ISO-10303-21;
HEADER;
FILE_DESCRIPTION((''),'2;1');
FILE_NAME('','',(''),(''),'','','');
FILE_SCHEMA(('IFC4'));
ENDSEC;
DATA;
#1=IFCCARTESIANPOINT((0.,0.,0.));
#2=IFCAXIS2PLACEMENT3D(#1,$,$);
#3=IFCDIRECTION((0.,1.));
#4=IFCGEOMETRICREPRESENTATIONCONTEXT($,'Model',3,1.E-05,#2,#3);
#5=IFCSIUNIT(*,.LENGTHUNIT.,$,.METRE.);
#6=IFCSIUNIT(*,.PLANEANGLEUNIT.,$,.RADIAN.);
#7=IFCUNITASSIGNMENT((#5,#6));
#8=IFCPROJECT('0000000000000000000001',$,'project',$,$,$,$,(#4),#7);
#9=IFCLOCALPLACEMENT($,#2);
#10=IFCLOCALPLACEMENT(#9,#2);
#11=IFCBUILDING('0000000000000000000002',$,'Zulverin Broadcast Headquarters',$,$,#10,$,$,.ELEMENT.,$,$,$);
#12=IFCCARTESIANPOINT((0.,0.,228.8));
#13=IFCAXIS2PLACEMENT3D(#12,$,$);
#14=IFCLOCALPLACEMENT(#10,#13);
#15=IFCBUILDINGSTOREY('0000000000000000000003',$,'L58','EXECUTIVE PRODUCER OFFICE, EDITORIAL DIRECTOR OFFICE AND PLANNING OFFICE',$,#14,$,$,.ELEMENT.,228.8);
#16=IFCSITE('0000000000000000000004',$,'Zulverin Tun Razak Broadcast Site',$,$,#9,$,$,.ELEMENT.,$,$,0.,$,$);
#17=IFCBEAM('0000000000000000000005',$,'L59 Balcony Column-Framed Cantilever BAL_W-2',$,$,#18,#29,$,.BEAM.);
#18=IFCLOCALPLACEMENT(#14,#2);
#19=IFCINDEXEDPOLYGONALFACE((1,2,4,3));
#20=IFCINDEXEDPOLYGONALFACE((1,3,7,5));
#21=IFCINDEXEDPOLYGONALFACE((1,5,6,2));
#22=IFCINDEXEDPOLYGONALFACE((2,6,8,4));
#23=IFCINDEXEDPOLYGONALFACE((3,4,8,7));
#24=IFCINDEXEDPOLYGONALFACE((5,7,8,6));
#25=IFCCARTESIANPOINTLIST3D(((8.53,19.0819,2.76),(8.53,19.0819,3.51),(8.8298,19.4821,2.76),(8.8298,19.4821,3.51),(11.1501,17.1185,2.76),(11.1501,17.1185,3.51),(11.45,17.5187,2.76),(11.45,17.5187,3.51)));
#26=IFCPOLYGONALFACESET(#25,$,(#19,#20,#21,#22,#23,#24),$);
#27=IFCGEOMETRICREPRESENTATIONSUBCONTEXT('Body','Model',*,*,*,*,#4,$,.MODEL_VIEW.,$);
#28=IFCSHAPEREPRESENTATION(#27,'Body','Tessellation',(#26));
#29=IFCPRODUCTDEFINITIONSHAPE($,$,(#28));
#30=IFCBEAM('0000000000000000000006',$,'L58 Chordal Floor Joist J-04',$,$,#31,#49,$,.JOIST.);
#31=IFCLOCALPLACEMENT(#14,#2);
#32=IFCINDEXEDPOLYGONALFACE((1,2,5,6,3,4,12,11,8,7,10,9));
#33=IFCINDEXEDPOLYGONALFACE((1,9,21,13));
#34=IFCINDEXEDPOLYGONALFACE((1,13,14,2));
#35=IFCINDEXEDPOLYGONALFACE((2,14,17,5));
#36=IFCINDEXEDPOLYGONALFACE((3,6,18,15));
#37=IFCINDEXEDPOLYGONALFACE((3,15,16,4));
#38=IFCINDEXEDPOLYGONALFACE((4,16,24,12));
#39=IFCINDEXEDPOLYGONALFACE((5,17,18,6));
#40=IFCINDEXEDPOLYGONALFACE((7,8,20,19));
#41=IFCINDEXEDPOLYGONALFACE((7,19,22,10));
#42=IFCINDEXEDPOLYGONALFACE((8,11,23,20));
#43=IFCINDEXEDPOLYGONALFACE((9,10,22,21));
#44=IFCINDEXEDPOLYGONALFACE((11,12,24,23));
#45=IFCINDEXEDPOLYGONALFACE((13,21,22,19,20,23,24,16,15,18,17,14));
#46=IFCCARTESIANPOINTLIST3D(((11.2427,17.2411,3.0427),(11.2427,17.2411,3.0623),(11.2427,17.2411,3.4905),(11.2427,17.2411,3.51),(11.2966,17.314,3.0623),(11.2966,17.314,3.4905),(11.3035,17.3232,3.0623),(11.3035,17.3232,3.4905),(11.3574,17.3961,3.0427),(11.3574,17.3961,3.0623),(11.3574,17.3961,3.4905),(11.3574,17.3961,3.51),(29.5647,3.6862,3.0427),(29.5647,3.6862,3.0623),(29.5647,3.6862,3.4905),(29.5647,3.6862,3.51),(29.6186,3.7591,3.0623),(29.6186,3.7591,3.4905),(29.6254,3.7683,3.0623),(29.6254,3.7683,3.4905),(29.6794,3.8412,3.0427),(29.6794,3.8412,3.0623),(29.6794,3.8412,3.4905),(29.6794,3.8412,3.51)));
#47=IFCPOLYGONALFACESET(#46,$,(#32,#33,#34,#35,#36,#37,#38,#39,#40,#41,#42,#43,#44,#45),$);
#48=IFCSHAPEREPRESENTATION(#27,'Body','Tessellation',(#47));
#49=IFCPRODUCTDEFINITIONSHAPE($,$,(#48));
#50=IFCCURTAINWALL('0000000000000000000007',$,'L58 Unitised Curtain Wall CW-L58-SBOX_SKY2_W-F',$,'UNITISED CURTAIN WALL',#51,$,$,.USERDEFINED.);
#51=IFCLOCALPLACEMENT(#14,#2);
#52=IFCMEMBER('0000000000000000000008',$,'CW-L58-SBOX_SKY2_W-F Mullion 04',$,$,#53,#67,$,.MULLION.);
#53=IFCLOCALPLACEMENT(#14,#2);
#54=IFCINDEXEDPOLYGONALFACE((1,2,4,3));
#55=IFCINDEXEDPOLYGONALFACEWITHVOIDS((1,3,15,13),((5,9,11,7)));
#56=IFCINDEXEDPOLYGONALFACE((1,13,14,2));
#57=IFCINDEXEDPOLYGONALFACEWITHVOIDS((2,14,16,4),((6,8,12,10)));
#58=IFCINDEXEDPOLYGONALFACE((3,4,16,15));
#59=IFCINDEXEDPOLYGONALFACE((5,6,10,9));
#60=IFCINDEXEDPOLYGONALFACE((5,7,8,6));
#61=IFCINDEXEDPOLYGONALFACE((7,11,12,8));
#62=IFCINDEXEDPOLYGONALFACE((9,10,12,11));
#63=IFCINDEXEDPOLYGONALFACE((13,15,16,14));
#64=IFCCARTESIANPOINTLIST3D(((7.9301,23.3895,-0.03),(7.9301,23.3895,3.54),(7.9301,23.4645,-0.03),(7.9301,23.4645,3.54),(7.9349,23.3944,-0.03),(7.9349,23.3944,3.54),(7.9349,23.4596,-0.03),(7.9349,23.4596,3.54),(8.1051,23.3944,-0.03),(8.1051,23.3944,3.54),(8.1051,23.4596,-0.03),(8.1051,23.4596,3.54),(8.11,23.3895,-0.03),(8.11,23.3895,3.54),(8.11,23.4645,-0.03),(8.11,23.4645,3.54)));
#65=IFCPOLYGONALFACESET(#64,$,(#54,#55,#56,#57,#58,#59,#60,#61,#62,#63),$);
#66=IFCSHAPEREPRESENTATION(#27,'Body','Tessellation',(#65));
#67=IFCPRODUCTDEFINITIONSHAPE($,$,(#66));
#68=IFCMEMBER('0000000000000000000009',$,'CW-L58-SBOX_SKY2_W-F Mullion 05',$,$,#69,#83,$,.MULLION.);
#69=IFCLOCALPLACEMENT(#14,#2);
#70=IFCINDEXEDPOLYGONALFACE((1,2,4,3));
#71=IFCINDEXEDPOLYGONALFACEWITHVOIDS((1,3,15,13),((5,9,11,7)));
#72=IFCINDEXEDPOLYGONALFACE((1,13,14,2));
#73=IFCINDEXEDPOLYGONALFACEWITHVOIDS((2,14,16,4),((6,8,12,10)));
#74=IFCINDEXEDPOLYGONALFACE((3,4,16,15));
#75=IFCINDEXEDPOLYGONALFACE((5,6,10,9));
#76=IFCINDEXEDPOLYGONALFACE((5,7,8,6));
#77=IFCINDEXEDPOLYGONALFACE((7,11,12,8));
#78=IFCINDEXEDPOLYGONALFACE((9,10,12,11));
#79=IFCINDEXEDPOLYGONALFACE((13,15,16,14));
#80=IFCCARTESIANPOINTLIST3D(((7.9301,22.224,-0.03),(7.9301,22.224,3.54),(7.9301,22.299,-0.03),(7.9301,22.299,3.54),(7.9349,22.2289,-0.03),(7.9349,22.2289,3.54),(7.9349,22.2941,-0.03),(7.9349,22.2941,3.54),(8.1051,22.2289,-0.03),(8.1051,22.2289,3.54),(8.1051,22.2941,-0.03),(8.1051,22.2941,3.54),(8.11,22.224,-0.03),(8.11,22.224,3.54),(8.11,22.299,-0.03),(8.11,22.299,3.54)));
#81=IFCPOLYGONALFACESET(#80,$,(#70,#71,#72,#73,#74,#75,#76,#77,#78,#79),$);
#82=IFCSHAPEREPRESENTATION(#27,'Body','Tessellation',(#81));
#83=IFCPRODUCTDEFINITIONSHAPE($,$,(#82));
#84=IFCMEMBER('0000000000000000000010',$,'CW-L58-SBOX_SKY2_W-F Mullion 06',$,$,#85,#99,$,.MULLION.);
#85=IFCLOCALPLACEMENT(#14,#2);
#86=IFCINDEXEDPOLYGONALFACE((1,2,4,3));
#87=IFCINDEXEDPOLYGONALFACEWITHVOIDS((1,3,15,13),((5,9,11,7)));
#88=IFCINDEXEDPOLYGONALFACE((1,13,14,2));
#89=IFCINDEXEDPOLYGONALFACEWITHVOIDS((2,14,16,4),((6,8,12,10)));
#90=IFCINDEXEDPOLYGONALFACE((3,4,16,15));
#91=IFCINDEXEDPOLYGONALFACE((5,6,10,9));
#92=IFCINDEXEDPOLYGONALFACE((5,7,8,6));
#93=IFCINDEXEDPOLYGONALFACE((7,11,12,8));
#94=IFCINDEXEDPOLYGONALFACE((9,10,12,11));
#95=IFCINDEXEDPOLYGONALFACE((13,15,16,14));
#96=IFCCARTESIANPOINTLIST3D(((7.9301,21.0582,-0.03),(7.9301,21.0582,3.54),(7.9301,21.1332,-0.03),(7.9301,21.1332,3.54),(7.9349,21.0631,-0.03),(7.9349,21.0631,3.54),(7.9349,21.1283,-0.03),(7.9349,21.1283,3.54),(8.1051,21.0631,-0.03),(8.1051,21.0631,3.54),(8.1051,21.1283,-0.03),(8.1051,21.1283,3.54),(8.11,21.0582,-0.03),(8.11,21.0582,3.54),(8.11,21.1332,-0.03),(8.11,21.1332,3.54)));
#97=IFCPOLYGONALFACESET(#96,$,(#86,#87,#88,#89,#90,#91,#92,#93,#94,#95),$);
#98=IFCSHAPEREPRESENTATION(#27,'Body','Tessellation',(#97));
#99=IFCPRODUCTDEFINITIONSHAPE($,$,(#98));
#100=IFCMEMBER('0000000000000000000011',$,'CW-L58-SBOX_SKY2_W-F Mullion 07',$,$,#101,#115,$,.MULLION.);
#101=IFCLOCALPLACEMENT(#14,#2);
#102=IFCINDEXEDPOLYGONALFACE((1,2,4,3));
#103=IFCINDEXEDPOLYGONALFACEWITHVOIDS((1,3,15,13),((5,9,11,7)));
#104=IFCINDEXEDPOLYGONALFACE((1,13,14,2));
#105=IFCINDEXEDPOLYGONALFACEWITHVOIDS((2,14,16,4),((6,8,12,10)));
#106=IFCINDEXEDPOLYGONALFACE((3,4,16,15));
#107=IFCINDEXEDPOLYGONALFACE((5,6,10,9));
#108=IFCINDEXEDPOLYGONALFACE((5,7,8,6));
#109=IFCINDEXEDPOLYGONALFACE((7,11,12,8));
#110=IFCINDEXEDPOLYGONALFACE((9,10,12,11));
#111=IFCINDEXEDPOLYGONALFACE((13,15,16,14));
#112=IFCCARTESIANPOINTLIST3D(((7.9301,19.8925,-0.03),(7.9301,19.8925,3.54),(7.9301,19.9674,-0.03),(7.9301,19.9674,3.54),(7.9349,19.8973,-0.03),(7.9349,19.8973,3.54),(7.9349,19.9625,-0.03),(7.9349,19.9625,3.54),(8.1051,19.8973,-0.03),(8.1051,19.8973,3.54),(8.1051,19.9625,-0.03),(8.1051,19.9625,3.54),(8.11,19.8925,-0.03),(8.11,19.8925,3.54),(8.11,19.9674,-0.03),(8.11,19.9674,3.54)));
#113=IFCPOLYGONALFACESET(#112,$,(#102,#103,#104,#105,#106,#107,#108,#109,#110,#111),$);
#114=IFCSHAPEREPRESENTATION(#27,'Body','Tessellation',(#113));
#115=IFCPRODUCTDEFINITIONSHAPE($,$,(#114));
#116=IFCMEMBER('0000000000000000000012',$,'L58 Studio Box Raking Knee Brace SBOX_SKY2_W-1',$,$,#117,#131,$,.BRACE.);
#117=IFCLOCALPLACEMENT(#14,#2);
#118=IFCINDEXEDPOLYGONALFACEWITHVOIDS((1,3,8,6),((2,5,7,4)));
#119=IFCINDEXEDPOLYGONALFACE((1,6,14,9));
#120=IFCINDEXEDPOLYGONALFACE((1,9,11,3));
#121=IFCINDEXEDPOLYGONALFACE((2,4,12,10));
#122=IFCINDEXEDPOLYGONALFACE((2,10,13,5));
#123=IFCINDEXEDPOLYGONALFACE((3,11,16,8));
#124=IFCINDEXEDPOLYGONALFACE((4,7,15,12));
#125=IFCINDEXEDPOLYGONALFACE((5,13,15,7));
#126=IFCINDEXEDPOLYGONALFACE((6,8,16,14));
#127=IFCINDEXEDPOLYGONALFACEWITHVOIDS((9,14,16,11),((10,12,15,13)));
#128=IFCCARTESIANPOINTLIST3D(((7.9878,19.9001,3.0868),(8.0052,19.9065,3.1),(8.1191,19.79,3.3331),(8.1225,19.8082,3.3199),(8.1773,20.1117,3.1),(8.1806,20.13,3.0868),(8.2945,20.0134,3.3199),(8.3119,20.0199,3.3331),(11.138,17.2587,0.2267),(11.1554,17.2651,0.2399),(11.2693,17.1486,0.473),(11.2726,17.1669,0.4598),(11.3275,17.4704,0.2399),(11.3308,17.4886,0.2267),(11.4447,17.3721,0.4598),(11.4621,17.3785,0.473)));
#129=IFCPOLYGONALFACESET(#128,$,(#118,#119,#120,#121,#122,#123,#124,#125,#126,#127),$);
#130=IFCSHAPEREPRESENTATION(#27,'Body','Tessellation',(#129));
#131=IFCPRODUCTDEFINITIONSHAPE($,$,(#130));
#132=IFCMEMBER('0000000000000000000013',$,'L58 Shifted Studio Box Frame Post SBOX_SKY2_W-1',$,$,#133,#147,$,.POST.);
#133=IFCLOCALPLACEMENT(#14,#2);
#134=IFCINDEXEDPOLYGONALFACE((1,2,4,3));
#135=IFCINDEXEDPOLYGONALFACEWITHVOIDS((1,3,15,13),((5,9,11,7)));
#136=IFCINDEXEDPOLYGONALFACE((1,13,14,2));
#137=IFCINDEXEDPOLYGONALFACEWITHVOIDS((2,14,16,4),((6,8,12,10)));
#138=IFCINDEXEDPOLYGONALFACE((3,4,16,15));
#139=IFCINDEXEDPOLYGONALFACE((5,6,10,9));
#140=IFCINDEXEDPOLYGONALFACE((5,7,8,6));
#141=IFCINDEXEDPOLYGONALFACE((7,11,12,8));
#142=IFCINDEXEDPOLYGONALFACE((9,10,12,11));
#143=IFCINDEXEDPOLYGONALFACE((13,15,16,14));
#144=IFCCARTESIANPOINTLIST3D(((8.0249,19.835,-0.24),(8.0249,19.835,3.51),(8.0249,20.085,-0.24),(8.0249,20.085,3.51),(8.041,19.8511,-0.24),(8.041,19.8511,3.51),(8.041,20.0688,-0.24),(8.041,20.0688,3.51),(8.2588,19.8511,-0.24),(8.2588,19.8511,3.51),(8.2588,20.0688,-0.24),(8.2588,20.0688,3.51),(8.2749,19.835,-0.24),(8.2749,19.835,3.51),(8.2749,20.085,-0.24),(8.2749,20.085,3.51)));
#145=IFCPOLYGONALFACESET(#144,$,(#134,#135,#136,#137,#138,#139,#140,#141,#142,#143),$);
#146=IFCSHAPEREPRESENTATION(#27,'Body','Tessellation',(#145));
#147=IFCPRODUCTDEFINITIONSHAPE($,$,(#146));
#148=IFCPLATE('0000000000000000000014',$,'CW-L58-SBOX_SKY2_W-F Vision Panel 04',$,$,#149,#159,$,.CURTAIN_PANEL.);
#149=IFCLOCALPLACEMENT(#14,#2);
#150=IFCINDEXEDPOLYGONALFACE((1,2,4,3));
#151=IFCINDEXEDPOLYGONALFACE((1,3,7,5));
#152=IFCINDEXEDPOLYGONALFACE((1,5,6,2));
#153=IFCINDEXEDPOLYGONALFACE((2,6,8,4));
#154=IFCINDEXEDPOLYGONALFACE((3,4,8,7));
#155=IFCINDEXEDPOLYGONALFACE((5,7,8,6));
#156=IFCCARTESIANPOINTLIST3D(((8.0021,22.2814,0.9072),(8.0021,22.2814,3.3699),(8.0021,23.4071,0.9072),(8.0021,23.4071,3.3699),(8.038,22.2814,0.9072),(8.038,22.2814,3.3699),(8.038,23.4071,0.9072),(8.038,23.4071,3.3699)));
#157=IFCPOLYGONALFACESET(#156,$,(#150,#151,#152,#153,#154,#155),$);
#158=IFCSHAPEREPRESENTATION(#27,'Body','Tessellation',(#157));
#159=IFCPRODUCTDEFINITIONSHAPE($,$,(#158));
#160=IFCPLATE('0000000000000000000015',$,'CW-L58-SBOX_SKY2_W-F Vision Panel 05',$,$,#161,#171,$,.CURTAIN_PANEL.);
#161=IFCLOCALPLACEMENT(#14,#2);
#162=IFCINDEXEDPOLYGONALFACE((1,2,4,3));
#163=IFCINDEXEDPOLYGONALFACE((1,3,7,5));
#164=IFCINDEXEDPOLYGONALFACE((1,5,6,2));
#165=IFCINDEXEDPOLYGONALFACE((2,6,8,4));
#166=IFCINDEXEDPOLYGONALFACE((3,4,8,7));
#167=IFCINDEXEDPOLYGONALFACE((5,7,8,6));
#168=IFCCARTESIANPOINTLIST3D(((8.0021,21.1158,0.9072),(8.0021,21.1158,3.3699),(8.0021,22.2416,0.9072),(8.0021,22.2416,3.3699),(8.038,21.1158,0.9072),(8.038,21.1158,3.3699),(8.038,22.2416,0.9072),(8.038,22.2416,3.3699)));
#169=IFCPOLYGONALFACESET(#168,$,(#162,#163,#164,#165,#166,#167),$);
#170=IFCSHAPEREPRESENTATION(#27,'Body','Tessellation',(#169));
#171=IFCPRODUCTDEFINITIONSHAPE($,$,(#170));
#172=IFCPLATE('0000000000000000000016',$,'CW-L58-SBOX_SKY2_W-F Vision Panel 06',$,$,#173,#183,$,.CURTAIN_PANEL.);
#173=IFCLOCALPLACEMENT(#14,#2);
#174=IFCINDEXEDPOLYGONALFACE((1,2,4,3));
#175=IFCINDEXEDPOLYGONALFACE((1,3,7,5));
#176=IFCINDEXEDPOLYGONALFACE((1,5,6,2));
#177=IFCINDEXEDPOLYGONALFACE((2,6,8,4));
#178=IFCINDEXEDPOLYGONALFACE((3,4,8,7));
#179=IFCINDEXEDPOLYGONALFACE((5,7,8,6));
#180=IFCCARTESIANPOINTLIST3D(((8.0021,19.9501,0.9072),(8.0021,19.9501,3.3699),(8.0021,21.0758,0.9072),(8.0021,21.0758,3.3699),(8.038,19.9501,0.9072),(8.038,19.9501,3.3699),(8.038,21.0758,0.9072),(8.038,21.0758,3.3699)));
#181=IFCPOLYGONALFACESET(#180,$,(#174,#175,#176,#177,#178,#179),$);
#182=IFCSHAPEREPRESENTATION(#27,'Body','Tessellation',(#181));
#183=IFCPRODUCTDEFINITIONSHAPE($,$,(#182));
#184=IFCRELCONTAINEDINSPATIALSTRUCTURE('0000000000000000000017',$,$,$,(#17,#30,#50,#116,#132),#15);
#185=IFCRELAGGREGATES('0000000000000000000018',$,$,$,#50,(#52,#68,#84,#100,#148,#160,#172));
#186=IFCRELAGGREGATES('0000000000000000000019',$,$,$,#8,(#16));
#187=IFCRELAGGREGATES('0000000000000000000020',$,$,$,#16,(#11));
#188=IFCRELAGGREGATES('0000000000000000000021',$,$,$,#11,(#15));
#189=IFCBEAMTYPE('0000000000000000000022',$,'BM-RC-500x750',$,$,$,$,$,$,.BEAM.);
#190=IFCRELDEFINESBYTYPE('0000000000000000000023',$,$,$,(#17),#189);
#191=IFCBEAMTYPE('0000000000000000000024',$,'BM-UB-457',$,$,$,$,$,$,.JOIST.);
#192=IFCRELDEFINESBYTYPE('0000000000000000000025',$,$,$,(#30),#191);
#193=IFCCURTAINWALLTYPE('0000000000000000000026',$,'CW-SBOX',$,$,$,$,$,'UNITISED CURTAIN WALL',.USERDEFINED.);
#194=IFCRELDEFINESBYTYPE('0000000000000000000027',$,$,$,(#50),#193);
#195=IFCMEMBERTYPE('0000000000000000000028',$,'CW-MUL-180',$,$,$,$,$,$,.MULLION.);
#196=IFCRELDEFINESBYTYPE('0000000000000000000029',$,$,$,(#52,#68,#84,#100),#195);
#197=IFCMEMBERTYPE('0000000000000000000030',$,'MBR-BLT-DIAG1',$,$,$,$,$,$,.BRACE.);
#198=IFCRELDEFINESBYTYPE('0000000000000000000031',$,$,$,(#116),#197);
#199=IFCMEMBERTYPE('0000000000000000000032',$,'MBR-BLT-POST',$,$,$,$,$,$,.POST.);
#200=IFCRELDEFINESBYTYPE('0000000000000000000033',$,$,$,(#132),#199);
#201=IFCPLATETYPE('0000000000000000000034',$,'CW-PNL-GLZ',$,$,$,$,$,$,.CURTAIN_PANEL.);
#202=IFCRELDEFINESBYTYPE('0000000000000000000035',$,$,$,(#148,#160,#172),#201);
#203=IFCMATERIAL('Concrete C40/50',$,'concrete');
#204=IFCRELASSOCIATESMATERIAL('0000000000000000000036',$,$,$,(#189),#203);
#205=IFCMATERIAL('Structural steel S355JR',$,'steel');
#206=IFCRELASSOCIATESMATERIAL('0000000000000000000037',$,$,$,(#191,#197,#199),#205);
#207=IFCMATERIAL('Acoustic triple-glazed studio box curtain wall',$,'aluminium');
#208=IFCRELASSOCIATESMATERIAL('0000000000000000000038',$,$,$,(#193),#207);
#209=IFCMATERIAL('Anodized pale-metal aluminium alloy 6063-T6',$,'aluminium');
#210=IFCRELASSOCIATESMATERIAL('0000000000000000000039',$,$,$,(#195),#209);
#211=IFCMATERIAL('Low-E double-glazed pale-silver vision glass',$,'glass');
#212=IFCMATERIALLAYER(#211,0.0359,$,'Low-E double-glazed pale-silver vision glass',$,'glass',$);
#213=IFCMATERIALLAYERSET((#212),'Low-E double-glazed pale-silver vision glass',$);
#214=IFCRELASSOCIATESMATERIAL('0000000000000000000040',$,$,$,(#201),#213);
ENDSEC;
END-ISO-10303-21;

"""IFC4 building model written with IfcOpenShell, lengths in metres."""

from ifc_helpers import new_model, si_unit, direction, frame, origin, origin_2d, place, context, subcontext, project, spatial, rectangle, hollow_rectangle, i_section, extrude, material, layer, layer_set, material_profile, profile_set, type_object, element, aggregate, save


model = new_model("IFC4")

# Units and contexts
model_context = context("Model", 3, precision=1e-05, world=origin(), true_north=direction((0.0, 1.0)))
body_context = subcontext(model_context, "Body", "Model", "MODEL_VIEW")
ifc_project = project(units=[si_unit("LENGTHUNIT", "METRE"), si_unit("PLANEANGLEUNIT", "RADIAN")], contexts=[model_context])

# Site, building, storey
site_placement = place(None, origin())
site = spatial("IfcSite", under=ifc_project, at=site_placement, Name="Zulverin Tun Razak Broadcast Site", CompositionType="ELEMENT", RefElevation=0.0)
building_placement = place(site_placement, origin())
building = spatial("IfcBuilding", under=site, at=building_placement, Name="Zulverin Broadcast Headquarters", CompositionType="ELEMENT")
storey_placement = place(building_placement, frame((0.0, 0.0, 228.8)))
storey = spatial("IfcBuildingStorey", under=building, at=storey_placement, Name="L58", Description="EXECUTIVE PRODUCER OFFICE, EDITORIAL DIRECTOR OFFICE AND PLANNING OFFICE", CompositionType="ELEMENT", Elevation=228.8)

# Beams
ifc_material_1 = material(Name="Concrete C40/50", Category="concrete")
ifc_material_profile_1 = material_profile(ifc_material_1, rectangle(XDim=0.5, YDim=0.75, at=origin_2d()), Name="Concrete C40/50", Category="concrete")
ifc_profile_set_1 = profile_set([ifc_material_profile_1], Name="Concrete C40/50")
beam_type_1 = type_object("IfcBeamType", Name="BM-RC-500x750", PredefinedType="BEAM", material=ifc_profile_set_1)
beam_1_placement = place(storey_placement, frame((11.3, 17.3186, 3.135), z_axis=(-0.80025, 0.599666, 0.0), x_axis=(-0.599666, -0.80025, 0.0)))
element("IfcBeam", 1, at=beam_1_placement, inside=storey, type_object=beam_type_1, Name="L59 Balcony Column-Framed Cantilever BAL_W-2", PredefinedType="BEAM", context=body_context, shape_type="SweptSolid", body=[
    extrude(rectangle(XDim=0.5, YDim=0.75, at=origin_2d()), origin(), (0.0, 0.0, 1.0), 3.2742),
])
ifc_material_2 = material(Name="Structural steel S355JR", Category="steel")
ifc_material_profile_2 = material_profile(ifc_material_2, i_section(OverallWidth=0.1929, OverallDepth=0.4673, WebThickness=0.0115, FlangeThickness=0.0195, at=origin_2d()), Name="Structural steel S355JR", Category="steel")
ifc_profile_set_2 = profile_set([ifc_material_profile_2], Name="Structural steel S355JR")
beam_type_2 = type_object("IfcBeamType", Name="BM-UB-457", PredefinedType="JOIST", material=ifc_profile_set_2)
beam_2_placement = place(storey_placement, frame((11.3, 17.3186, 3.2764), z_axis=(0.803912, -0.594748, 0.0), x_axis=(0.594748, 0.803912, 0.0)))
element("IfcBeam", 2, at=beam_2_placement, inside=storey, type_object=beam_type_2, Name="L58 Chordal Floor Joist J-04", PredefinedType="JOIST", context=body_context, shape_type="SweptSolid", body=[
    extrude(i_section(OverallWidth=0.1929, OverallDepth=0.4673, WebThickness=0.0115, FlangeThickness=0.0195, at=origin_2d()), origin(), (0.0, 0.0, 1.0), 22.791),
])

# Curtain wall, members
ifc_material_3 = material(Name="Acoustic triple-glazed studio box curtain wall", Category="aluminium")
curtain_wall_type = type_object("IfcCurtainWallType", Name="CW-SBOX", ElementType="UNITISED CURTAIN WALL", PredefinedType="USERDEFINED", material=ifc_material_3)
curtain_wall_placement = place(storey_placement, origin())
curtain_wall = element("IfcCurtainWall", 3, at=curtain_wall_placement, inside=storey, type_object=curtain_wall_type, Name="L58 Unitised Curtain Wall CW-L58-SBOX_SKY2_W-F", ObjectType="UNITISED CURTAIN WALL", PredefinedType="USERDEFINED")
ifc_material_4 = material(Name="Anodized pale-metal aluminium alloy 6063-T6", Category="aluminium")
ifc_material_profile_3 = material_profile(ifc_material_4, hollow_rectangle(XDim=0.075, YDim=0.1799, WallThickness=0.0049, at=origin_2d()), Name="Anodized pale-metal aluminium alloy 6063-T6", Category="aluminium")
ifc_profile_set_3 = profile_set([ifc_material_profile_3], Name="Anodized pale-metal aluminium alloy 6063-T6")
member_type_1 = type_object("IfcMemberType", Name="CW-MUL-180", PredefinedType="MULLION", material=ifc_profile_set_3)
member_1_placement = place(storey_placement, frame((8.02, 23.427, -0.03), z_axis=(0.0, 0.0, 1.0), x_axis=(0.0, -1.0, 0.0)))
member_1 = element("IfcMember", 4, at=member_1_placement, type_object=member_type_1, Name="CW-L58-SBOX_SKY2_W-F Mullion 04", PredefinedType="MULLION", context=body_context, shape_type="SweptSolid", body=[
    extrude(hollow_rectangle(XDim=0.075, YDim=0.1799, WallThickness=0.0049, at=origin_2d()), origin(), (0.0, 0.0, 1.0), 3.5701),
])
member_2_placement = place(storey_placement, frame((8.02, 22.2615, -0.03), z_axis=(0.0, 0.0, 1.0), x_axis=(0.0, -1.0, 0.0)))
member_2 = element("IfcMember", 5, at=member_2_placement, type_object=member_type_1, Name="CW-L58-SBOX_SKY2_W-F Mullion 05", PredefinedType="MULLION", context=body_context, shape_type="SweptSolid", body=[
    extrude(hollow_rectangle(XDim=0.075, YDim=0.1799, WallThickness=0.0049, at=origin_2d()), origin(), (0.0, 0.0, 1.0), 3.5701),
])
member_3_placement = place(storey_placement, frame((8.02, 21.0957, -0.03), z_axis=(0.0, 0.0, 1.0), x_axis=(0.0, -1.0, 0.0)))
member_3 = element("IfcMember", 6, at=member_3_placement, type_object=member_type_1, Name="CW-L58-SBOX_SKY2_W-F Mullion 06", PredefinedType="MULLION", context=body_context, shape_type="SweptSolid", body=[
    extrude(hollow_rectangle(XDim=0.075, YDim=0.1799, WallThickness=0.0049, at=origin_2d()), origin(), (0.0, 0.0, 1.0), 3.5701),
])
member_4_placement = place(storey_placement, frame((8.02, 19.9299, -0.03), z_axis=(0.0, 0.0, 1.0), x_axis=(0.0, -1.0, 0.0)))
member_4 = element("IfcMember", 7, at=member_4_placement, type_object=member_type_1, Name="CW-L58-SBOX_SKY2_W-F Mullion 07", PredefinedType="MULLION", context=body_context, shape_type="SweptSolid", body=[
    extrude(hollow_rectangle(XDim=0.075, YDim=0.1799, WallThickness=0.0049, at=origin_2d()), origin(), (0.0, 0.0, 1.0), 3.5701),
])

# Members
ifc_material_profile_4 = material_profile(ifc_material_2, hollow_rectangle(XDim=0.3, YDim=0.3, WallThickness=0.0161, at=origin_2d()), Name="Structural steel S355JR", Category="steel")
ifc_profile_set_4 = profile_set([ifc_material_profile_4], Name="Structural steel S355JR")
member_type_2 = type_object("IfcMemberType", Name="MBR-BLT-DIAG1", PredefinedType="BRACE", material=ifc_profile_set_4)
member_5_placement = place(storey_placement, frame((11.3, 17.3186, 0.3499), z_axis=(-0.629019, 0.527424, 0.571104), x_axis=(-0.642512, -0.766275, 0.0)))
element("IfcMember", 8, at=member_5_placement, inside=storey, type_object=member_type_2, Name="L58 Studio Box Raking Knee Brace SBOX_SKY2_W-1", PredefinedType="BRACE", context=body_context, shape_type="SweptSolid", body=[
    extrude(hollow_rectangle(XDim=0.3, YDim=0.3, WallThickness=0.0161, at=origin_2d()), origin(), (0.0, 0.0, 1.0), 5.0081),
])
ifc_material_profile_5 = material_profile(ifc_material_2, hollow_rectangle(XDim=0.25, YDim=0.25, WallThickness=0.0161, at=origin_2d()), Name="Structural steel S355JR", Category="steel")
ifc_profile_set_5 = profile_set([ifc_material_profile_5], Name="Structural steel S355JR")
member_type_3 = type_object("IfcMemberType", Name="MBR-BLT-POST", PredefinedType="POST", material=ifc_profile_set_5)
member_6_placement = place(storey_placement, frame((8.1499, 19.96, -0.24), z_axis=(0.0, 0.0, 1.0), x_axis=(1.0, 0.0, 0.0)))
element("IfcMember", 9, at=member_6_placement, inside=storey, type_object=member_type_3, Name="L58 Shifted Studio Box Frame Post SBOX_SKY2_W-1", PredefinedType="POST", context=body_context, shape_type="SweptSolid", body=[
    extrude(hollow_rectangle(XDim=0.25, YDim=0.25, WallThickness=0.0161, at=origin_2d()), origin(), (0.0, 0.0, 1.0), 3.75),
])

# Plates
ifc_material_5 = material(Name="Low-E double-glazed pale-silver vision glass", Category="glass")
ifc_layer_1 = layer(ifc_material_5, 0.0359, Name="Low-E double-glazed pale-silver vision glass", Category="glass")
ifc_layer_set_1 = layer_set([ifc_layer_1], Name="Low-E double-glazed pale-silver vision glass")
plate_type_1 = type_object("IfcPlateType", Name="CW-PNL-GLZ", PredefinedType="CURTAIN_PANEL", material=ifc_layer_set_1)
plate_1_placement = place(storey_placement, frame((8.02, 22.8442, 0.9072), z_axis=(0.0, 0.0, 1.0), x_axis=(0.0, -1.0, 0.0)))
plate_1 = element("IfcPlate", 10, at=plate_1_placement, type_object=plate_type_1, Name="CW-L58-SBOX_SKY2_W-F Vision Panel 04", PredefinedType="CURTAIN_PANEL", context=body_context, shape_type="SweptSolid", body=[
    extrude(rectangle(XDim=1.1257, YDim=0.0359, at=origin_2d()), origin(), (0.0, 0.0, 1.0), 2.4626),
])
plate_2_placement = place(storey_placement, frame((8.02, 21.6787, 0.9072), z_axis=(0.0, 0.0, 1.0), x_axis=(0.0, -1.0, 0.0)))
plate_2 = element("IfcPlate", 11, at=plate_2_placement, type_object=plate_type_1, Name="CW-L58-SBOX_SKY2_W-F Vision Panel 05", PredefinedType="CURTAIN_PANEL", context=body_context, shape_type="SweptSolid", body=[
    extrude(rectangle(XDim=1.1257, YDim=0.0359, at=origin_2d()), origin(), (0.0, 0.0, 1.0), 2.4626),
])
plate_3_placement = place(storey_placement, frame((8.02, 20.5129, 0.9072), z_axis=(0.0, 0.0, 1.0), x_axis=(0.0, -1.0, 0.0)))
plate_3 = element("IfcPlate", 12, at=plate_3_placement, type_object=plate_type_1, Name="CW-L58-SBOX_SKY2_W-F Vision Panel 06", PredefinedType="CURTAIN_PANEL", context=body_context, shape_type="SweptSolid", body=[
    extrude(rectangle(XDim=1.1257, YDim=0.0359, at=origin_2d()), origin(), (0.0, 0.0, 1.0), 2.4626),
])
aggregate(curtain_wall, [member_1, member_2, member_3, member_4, plate_1, plate_2, plate_3])

save(model, "model.ifc")
